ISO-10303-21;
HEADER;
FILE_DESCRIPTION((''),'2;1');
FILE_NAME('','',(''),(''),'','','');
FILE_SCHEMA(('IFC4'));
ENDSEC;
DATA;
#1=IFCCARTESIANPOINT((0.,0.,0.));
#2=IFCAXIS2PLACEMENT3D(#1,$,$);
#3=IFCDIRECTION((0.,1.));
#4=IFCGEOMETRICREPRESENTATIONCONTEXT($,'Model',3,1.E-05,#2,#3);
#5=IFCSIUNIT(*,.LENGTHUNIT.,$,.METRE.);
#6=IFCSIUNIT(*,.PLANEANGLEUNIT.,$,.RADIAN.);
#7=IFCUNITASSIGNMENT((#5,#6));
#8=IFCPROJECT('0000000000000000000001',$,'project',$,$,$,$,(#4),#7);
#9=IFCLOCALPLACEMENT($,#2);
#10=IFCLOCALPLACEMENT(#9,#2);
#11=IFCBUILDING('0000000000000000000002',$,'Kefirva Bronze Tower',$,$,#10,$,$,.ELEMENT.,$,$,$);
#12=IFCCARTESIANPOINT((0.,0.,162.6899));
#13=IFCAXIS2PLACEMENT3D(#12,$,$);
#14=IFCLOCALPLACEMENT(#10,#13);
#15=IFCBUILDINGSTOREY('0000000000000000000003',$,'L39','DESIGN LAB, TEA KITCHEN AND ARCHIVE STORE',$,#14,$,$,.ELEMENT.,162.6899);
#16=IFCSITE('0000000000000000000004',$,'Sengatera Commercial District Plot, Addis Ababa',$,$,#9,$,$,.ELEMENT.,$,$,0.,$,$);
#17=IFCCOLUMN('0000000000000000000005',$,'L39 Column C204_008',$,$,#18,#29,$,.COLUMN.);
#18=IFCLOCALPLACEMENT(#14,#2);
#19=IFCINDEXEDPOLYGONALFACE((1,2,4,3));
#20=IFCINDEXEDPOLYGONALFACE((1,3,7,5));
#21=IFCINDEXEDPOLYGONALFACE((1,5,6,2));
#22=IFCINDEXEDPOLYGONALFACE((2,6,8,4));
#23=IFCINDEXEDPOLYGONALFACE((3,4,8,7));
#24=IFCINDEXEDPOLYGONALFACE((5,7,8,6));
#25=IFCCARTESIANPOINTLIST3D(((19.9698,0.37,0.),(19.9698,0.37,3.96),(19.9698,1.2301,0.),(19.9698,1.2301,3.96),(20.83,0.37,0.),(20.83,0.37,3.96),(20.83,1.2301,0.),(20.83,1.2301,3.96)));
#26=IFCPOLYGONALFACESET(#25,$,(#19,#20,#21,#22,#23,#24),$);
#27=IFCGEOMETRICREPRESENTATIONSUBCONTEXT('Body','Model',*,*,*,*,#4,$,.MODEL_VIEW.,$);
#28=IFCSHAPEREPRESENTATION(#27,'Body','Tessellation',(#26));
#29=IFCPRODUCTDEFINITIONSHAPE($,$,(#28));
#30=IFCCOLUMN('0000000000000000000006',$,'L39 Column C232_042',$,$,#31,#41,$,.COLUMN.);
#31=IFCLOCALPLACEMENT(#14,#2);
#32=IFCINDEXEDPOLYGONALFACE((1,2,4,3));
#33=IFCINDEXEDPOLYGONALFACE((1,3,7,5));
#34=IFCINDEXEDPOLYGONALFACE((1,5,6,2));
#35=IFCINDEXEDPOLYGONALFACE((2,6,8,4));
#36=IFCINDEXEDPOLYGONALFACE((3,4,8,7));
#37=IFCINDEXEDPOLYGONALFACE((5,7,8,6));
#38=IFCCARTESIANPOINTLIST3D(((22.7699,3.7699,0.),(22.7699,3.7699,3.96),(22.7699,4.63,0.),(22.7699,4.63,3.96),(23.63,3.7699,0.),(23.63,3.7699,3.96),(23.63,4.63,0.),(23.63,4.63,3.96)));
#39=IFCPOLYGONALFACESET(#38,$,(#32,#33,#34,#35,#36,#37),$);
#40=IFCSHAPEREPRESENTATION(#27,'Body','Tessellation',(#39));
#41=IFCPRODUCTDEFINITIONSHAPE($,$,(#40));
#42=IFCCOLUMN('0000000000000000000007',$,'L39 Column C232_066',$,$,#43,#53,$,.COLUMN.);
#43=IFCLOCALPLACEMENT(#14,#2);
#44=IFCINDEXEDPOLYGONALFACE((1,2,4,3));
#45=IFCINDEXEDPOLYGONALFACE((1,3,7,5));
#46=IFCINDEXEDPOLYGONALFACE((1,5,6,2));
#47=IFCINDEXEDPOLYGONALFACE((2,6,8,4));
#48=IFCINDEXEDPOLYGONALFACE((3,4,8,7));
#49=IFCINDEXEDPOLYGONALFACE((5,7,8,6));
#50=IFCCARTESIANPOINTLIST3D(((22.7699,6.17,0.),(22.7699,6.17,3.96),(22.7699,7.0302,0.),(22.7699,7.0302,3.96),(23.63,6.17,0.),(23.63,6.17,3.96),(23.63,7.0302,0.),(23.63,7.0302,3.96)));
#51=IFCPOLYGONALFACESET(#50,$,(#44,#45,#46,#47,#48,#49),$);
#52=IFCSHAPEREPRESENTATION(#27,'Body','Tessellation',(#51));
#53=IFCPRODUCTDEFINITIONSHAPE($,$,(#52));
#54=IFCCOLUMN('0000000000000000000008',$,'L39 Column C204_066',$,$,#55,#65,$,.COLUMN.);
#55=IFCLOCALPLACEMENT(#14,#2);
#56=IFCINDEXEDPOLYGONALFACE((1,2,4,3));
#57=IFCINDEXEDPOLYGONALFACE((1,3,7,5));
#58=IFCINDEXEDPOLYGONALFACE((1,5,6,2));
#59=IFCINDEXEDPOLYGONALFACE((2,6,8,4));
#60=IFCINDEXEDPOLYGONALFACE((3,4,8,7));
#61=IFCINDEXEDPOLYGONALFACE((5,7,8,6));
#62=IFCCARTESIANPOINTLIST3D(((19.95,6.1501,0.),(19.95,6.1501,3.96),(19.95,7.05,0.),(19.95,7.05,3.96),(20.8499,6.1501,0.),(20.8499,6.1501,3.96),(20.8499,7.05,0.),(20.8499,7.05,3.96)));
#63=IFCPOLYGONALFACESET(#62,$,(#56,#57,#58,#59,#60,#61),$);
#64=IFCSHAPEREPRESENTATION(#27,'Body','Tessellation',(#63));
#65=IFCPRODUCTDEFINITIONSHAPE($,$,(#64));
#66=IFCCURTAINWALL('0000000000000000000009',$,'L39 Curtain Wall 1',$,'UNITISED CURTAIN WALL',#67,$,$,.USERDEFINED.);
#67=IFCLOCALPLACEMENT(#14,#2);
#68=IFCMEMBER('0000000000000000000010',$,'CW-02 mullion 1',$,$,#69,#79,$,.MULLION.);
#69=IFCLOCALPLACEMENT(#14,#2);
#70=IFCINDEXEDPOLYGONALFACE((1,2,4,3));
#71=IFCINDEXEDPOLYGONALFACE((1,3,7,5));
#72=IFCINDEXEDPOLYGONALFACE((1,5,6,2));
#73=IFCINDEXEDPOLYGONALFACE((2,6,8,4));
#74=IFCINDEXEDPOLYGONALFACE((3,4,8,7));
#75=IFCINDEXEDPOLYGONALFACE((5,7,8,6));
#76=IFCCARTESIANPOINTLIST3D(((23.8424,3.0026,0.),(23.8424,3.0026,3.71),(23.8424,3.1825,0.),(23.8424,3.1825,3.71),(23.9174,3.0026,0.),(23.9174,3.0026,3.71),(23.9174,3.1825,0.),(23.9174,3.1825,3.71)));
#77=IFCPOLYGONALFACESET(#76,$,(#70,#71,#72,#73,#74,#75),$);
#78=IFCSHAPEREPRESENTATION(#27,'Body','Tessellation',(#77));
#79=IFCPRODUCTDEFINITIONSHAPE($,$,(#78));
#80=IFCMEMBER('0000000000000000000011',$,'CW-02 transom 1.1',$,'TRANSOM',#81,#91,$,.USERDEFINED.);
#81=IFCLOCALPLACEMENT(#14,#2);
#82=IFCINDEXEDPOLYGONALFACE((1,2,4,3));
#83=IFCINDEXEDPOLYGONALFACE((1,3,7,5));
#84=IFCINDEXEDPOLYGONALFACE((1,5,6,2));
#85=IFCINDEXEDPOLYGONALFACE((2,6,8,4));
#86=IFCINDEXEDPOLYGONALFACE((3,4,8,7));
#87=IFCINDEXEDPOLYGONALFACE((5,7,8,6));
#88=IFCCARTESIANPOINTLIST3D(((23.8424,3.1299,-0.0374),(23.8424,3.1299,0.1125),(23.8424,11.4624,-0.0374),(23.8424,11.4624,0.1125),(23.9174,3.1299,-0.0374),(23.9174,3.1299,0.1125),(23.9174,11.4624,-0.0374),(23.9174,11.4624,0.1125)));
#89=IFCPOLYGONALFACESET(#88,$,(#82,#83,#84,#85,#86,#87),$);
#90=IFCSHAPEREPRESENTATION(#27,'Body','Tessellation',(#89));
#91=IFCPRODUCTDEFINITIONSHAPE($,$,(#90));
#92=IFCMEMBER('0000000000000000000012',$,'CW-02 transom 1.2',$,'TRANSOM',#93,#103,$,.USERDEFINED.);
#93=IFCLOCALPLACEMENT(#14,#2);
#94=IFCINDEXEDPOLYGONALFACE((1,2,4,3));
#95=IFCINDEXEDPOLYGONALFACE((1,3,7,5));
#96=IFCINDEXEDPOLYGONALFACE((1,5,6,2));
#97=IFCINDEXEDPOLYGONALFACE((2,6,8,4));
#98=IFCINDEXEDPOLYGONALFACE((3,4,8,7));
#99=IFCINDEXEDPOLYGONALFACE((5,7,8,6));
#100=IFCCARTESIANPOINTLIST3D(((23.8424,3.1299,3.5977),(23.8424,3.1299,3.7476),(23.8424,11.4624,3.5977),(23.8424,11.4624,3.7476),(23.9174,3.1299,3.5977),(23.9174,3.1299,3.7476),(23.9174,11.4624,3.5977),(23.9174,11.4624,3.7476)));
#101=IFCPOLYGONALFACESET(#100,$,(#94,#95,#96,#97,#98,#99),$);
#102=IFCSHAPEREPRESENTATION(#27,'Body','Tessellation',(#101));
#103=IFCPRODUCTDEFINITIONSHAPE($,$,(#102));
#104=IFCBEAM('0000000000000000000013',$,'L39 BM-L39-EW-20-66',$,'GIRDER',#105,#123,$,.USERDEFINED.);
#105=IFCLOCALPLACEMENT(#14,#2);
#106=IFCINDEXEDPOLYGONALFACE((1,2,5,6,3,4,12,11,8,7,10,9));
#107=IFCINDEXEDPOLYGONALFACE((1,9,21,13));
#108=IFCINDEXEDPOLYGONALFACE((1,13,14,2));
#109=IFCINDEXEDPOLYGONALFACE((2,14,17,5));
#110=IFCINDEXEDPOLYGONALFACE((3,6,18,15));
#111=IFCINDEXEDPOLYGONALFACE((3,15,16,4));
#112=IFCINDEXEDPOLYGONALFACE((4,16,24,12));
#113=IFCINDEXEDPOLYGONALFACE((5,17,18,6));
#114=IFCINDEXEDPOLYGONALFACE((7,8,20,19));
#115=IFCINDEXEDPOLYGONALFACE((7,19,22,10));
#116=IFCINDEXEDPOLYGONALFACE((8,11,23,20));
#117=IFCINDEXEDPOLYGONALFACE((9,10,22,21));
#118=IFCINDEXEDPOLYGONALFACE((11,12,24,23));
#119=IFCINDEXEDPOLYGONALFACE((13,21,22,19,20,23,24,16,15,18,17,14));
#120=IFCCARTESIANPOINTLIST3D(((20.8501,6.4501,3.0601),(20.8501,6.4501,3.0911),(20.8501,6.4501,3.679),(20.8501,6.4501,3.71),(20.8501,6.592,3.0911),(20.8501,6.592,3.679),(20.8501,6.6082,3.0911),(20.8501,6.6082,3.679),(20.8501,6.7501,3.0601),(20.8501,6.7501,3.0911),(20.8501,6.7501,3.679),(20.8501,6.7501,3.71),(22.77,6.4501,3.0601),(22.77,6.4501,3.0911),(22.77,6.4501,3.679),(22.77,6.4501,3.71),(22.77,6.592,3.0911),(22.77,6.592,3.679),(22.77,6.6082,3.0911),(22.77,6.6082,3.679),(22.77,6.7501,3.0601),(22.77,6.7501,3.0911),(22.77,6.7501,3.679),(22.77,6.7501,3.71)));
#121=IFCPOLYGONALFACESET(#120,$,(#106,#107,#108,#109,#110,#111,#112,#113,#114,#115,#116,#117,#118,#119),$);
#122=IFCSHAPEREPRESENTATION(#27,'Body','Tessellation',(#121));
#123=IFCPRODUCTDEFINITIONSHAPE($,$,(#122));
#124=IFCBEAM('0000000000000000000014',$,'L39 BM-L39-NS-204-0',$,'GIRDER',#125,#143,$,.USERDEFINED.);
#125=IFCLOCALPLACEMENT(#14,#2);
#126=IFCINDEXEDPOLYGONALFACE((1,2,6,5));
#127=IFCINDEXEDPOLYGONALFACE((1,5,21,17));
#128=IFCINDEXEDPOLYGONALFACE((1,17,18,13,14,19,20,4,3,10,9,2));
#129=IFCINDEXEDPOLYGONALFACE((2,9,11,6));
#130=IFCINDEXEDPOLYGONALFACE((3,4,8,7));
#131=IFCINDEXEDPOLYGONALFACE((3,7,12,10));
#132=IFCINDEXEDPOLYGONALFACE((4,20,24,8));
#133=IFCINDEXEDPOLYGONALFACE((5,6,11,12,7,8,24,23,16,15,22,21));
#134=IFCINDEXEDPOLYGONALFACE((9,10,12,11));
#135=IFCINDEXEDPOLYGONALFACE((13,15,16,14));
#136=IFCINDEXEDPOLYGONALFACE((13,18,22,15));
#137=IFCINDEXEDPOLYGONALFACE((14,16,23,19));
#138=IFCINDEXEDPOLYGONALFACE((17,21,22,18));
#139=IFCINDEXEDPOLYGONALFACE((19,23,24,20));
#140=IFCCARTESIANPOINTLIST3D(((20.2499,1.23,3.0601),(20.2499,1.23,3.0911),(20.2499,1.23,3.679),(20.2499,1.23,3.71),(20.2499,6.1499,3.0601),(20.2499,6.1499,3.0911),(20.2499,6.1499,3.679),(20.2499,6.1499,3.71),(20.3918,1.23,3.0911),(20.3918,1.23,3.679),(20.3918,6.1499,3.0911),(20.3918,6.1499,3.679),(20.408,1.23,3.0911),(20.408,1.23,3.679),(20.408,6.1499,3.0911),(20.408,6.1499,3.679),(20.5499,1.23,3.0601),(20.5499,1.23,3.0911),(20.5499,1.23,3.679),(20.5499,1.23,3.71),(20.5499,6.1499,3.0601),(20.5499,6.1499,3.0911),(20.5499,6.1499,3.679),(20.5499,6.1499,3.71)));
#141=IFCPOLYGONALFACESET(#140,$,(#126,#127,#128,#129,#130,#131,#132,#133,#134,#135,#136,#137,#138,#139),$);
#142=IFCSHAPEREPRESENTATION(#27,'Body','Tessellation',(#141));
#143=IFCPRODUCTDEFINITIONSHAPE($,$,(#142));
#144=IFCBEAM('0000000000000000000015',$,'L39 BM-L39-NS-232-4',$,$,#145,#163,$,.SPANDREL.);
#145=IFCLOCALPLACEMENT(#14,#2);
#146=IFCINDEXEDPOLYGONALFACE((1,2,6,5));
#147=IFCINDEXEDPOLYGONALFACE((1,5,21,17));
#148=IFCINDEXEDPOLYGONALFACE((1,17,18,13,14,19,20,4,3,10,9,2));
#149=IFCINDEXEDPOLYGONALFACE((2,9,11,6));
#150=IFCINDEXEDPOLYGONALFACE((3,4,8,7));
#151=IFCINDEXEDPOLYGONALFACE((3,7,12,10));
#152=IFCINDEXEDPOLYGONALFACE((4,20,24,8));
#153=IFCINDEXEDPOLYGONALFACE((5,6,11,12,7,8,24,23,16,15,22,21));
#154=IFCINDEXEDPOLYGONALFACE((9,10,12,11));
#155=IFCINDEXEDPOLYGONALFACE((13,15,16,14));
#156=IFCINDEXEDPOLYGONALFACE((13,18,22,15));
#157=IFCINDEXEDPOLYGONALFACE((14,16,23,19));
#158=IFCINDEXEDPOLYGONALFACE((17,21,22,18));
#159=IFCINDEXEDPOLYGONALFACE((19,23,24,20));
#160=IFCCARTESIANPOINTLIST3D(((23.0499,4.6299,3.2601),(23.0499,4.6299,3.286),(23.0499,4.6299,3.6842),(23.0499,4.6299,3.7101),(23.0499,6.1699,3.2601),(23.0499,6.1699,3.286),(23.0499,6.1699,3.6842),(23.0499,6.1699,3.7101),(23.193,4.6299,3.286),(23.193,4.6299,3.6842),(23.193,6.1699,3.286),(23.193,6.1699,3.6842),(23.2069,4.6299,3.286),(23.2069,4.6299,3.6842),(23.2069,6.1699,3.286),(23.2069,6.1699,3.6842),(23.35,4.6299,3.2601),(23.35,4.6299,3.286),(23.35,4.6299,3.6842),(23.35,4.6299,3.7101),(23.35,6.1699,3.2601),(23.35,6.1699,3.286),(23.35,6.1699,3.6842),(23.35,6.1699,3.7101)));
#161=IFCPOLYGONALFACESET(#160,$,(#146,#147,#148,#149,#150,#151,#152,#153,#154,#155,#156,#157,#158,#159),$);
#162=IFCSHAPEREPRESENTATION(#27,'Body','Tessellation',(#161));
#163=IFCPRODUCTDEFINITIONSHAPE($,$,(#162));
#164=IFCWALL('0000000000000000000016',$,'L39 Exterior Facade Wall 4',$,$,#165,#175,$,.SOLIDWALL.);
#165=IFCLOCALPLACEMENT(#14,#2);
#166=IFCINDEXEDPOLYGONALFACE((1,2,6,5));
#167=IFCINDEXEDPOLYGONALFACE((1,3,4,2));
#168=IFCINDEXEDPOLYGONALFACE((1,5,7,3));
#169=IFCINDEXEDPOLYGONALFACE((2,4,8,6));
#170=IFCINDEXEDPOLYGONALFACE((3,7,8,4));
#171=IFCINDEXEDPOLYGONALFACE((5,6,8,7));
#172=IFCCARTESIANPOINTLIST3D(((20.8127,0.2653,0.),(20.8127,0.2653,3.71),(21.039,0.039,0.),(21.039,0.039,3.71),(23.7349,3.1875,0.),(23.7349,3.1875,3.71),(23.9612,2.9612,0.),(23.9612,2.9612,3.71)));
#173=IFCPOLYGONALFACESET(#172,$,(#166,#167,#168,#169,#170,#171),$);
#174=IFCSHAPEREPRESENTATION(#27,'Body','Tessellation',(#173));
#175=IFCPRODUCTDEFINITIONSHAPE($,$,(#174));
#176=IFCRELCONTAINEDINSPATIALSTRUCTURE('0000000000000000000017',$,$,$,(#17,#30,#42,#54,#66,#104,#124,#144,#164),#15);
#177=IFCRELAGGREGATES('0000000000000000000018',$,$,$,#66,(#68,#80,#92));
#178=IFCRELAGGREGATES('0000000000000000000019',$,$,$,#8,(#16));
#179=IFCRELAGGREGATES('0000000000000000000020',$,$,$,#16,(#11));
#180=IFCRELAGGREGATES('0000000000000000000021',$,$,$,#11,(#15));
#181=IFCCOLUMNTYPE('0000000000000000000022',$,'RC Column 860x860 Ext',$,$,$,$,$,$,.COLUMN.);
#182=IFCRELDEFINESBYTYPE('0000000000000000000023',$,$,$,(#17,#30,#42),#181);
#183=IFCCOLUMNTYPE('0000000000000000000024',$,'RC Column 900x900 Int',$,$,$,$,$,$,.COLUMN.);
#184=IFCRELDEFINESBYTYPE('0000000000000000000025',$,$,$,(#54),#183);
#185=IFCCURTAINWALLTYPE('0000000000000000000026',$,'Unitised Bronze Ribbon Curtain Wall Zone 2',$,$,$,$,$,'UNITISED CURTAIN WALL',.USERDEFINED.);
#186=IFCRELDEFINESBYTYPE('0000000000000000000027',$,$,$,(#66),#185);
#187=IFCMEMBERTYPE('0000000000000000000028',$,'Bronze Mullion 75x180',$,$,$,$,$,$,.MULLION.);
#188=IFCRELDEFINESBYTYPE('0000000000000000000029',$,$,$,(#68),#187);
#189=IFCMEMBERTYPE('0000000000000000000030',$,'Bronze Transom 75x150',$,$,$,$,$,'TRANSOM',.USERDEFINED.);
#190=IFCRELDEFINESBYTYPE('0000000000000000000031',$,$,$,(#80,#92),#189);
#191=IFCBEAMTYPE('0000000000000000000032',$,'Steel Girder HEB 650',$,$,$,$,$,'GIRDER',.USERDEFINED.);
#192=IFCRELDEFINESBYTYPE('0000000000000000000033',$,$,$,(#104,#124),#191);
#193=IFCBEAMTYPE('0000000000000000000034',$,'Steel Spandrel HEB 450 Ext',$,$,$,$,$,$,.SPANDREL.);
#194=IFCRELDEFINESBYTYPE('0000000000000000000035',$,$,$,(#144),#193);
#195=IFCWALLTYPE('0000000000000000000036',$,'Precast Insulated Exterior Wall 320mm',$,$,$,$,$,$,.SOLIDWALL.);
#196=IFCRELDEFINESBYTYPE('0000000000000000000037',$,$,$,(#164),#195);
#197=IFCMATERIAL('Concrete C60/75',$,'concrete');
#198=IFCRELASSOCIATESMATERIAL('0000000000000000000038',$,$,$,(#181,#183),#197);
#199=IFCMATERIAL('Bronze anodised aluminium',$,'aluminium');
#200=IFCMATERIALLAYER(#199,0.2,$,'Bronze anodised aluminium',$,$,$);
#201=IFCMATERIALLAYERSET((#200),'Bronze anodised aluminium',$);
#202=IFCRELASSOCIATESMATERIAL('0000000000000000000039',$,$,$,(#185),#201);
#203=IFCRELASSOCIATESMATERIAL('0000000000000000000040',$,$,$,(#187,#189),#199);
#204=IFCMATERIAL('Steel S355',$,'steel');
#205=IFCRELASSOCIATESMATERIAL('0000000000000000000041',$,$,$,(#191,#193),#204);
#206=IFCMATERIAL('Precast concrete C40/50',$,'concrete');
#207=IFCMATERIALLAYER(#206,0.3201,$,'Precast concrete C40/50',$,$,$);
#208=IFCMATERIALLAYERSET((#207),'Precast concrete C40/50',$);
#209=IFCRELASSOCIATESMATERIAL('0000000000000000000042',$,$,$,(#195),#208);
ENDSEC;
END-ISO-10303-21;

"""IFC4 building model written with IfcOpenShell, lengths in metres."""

from ifc_helpers import new_model, si_unit, direction, frame, frame_2d, origin, origin_2d, place, context, subcontext, project, spatial, rectangle, i_section, extrude, material, layer, layer_set, material_profile, profile_set, type_object, element, aggregate, save


model = new_model("IFC4")

# Units and contexts
model_context = context("Model", 3, precision=1e-05, world=origin(), true_north=direction((0.0, 1.0)))
body_context = subcontext(model_context, "Body", "Model", "MODEL_VIEW")
ifc_project = project(units=[si_unit("LENGTHUNIT", "METRE"), si_unit("PLANEANGLEUNIT", "RADIAN")], contexts=[model_context])

# Site, building, storey
site_placement = place(None, origin())
site = spatial("IfcSite", under=ifc_project, at=site_placement, Name="Sengatera Commercial District Plot, Addis Ababa", CompositionType="ELEMENT", RefElevation=0.0)
building_placement = place(site_placement, origin())
building = spatial("IfcBuilding", under=site, at=building_placement, Name="Kefirva Bronze Tower", CompositionType="ELEMENT")
storey_placement = place(building_placement, frame((0.0, 0.0, 162.6899)))
storey = spatial("IfcBuildingStorey", under=building, at=storey_placement, Name="L39", Description="DESIGN LAB, TEA KITCHEN AND ARCHIVE STORE", CompositionType="ELEMENT", Elevation=162.6899)

# Columns
ifc_material_1 = material(Name="Concrete C60/75", Category="concrete")
ifc_material_profile_1 = material_profile(ifc_material_1, rectangle(XDim=0.8601, YDim=0.8601, at=origin_2d()), Name="RC 860x860")
ifc_profile_set_1 = profile_set([ifc_material_profile_1], Name="Concrete C60/75")
column_type_1 = type_object("IfcColumnType", Name="RC Column 860x860 Ext", PredefinedType="COLUMN", material=ifc_profile_set_1)
for number, where, z_axis, x_axis, name in (
    (1, (20.3999, 0.8, 0.0), (0.0, 0.0, 1.0), (1.0, 0.0, 0.0), "L39 Column C204_008"),
    (2, (23.2, 4.2, 0.0), (0.0, 0.0, 1.0), (1.0, 0.0, 0.0), "L39 Column C232_042"),
    (3, (23.2, 6.6001, 0.0), (0.0, 0.0, 1.0), (1.0, 0.0, 0.0), "L39 Column C232_066"),
):
    element("IfcColumn", number, at=place(storey_placement, frame(where, z_axis=z_axis, x_axis=x_axis)), inside=storey, type_object=column_type_1, Name=name, PredefinedType="COLUMN", context=body_context, shape_type="SweptSolid", body=[
        extrude(rectangle(XDim=0.8601, YDim=0.8601, at=origin_2d()), origin(), (0.0, 0.0, 1.0), 3.96),
    ])
ifc_material_profile_2 = material_profile(ifc_material_1, rectangle(XDim=0.8999, YDim=0.8999, at=origin_2d()), Name="RC 900x900")
ifc_profile_set_2 = profile_set([ifc_material_profile_2], Name="Concrete C60/75")
column_type_2 = type_object("IfcColumnType", Name="RC Column 900x900 Int", PredefinedType="COLUMN", material=ifc_profile_set_2)
column_placement = place(storey_placement, frame((20.3999, 6.6001, 0.0), z_axis=(0.0, 0.0, 1.0), x_axis=(1.0, 0.0, 0.0)))
element("IfcColumn", 4, at=column_placement, inside=storey, type_object=column_type_2, Name="L39 Column C204_066", PredefinedType="COLUMN", context=body_context, shape_type="SweptSolid", body=[
    extrude(rectangle(XDim=0.8999, YDim=0.8999, at=origin_2d()), origin(), (0.0, 0.0, 1.0), 3.96),
])

# Curtain wall, members
ifc_material_2 = material(Name="Bronze anodised aluminium", Category="aluminium")
ifc_layer_1 = layer(ifc_material_2, 0.2, Name="Bronze anodised aluminium")
ifc_layer_set_1 = layer_set([ifc_layer_1], Name="Bronze anodised aluminium")
curtain_wall_type = type_object("IfcCurtainWallType", Name="Unitised Bronze Ribbon Curtain Wall Zone 2", ElementType="UNITISED CURTAIN WALL", PredefinedType="USERDEFINED", material=ifc_layer_set_1)
curtain_wall_placement = place(storey_placement, origin())
curtain_wall = element("IfcCurtainWall", 5, at=curtain_wall_placement, inside=storey, type_object=curtain_wall_type, Name="L39 Curtain Wall 1", ObjectType="UNITISED CURTAIN WALL", PredefinedType="USERDEFINED")
ifc_material_profile_3 = material_profile(ifc_material_2, rectangle(XDim=0.075, YDim=0.1799, at=origin_2d()), Name="ALU 75x180")
ifc_profile_set_3 = profile_set([ifc_material_profile_3], Name="Bronze anodised aluminium")
member_type_1 = type_object("IfcMemberType", Name="Bronze Mullion 75x180", PredefinedType="MULLION", material=ifc_profile_set_3)
member_1_placement = place(storey_placement, frame((23.8799, 3.0925, 0.0), z_axis=(0.0, 0.0, 1.0), x_axis=(-1.0, 0.0, 0.0)))
member_1 = element("IfcMember", 6, at=member_1_placement, type_object=member_type_1, Name="CW-02 mullion 1", PredefinedType="MULLION", context=body_context, shape_type="SweptSolid", body=[
    extrude(rectangle(XDim=0.075, YDim=0.1799, at=origin_2d()), origin(), (0.0, 0.0, 1.0), 3.71),
])
ifc_material_profile_4 = material_profile(ifc_material_2, rectangle(XDim=0.075, YDim=0.1499, at=origin_2d()), Name="ALU 75x150")
ifc_profile_set_4 = profile_set([ifc_material_profile_4], Name="Bronze anodised aluminium")
member_type_2 = type_object("IfcMemberType", Name="Bronze Transom 75x150", ElementType="TRANSOM", PredefinedType="USERDEFINED", material=ifc_profile_set_4)
member_2_placement = place(storey_placement, frame((23.8799, 3.1299, 0.0376), z_axis=(0.0, 1.0, 0.0), x_axis=(-1.0, 0.0, 0.0)))
member_2 = element("IfcMember", 7, at=member_2_placement, type_object=member_type_2, Name="CW-02 transom 1.1", ObjectType="TRANSOM", PredefinedType="USERDEFINED", context=body_context, shape_type="SweptSolid", body=[
    extrude(rectangle(XDim=0.075, YDim=0.1499, at=origin_2d()), origin(), (0.0, 0.0, 1.0), 8.3325),
])
member_3_placement = place(storey_placement, frame((23.8799, 3.1299, 3.6726), z_axis=(0.0, 1.0, 0.0), x_axis=(-1.0, 0.0, 0.0)))
member_3 = element("IfcMember", 8, at=member_3_placement, type_object=member_type_2, Name="CW-02 transom 1.2", ObjectType="TRANSOM", PredefinedType="USERDEFINED", context=body_context, shape_type="SweptSolid", body=[
    extrude(rectangle(XDim=0.075, YDim=0.1499, at=origin_2d()), origin(), (0.0, 0.0, 1.0), 8.3325),
])
aggregate(curtain_wall, [member_1, member_2, member_3])

# Beams
ifc_material_3 = material(Name="Steel S355", Category="steel")
ifc_material_profile_5 = material_profile(ifc_material_3, i_section(OverallWidth=0.3, OverallDepth=0.6499, WebThickness=0.0161, FlangeThickness=0.031, at=origin_2d()), Name="HEB 650")
ifc_profile_set_5 = profile_set([ifc_material_profile_5], Name="Steel S355")
beam_type_1 = type_object("IfcBeamType", Name="Steel Girder HEB 650", ElementType="GIRDER", PredefinedType="USERDEFINED", material=ifc_profile_set_5)
beam_1_placement = place(storey_placement, frame((20.8501, 6.6001, 3.385), z_axis=(1.0, 0.0, 0.0), x_axis=(0.0, 1.0, 0.0)))
element("IfcBeam", 9, at=beam_1_placement, inside=storey, type_object=beam_type_1, Name="L39 BM-L39-EW-20-66", ObjectType="GIRDER", PredefinedType="USERDEFINED", context=body_context, shape_type="SweptSolid", body=[
    extrude(i_section(OverallWidth=0.3, OverallDepth=0.6499, WebThickness=0.0161, FlangeThickness=0.031, at=origin_2d()), origin(), (0.0, 0.0, 1.0), 1.9199),
])
beam_2_placement = place(storey_placement, frame((20.3999, 1.23, 3.385), z_axis=(0.0, 1.0, 0.0), x_axis=(-1.0, 0.0, 0.0)))
element("IfcBeam", 10, at=beam_2_placement, inside=storey, type_object=beam_type_1, Name="L39 BM-L39-NS-204-0", ObjectType="GIRDER", PredefinedType="USERDEFINED", context=body_context, shape_type="SweptSolid", body=[
    extrude(i_section(OverallWidth=0.3, OverallDepth=0.6499, WebThickness=0.0161, FlangeThickness=0.031, at=origin_2d()), origin(), (0.0, 0.0, 1.0), 4.9199),
])
ifc_material_profile_6 = material_profile(ifc_material_3, i_section(OverallWidth=0.3, OverallDepth=0.45, WebThickness=0.0139, FlangeThickness=0.0259, at=origin_2d()), Name="HEB 450")
ifc_profile_set_6 = profile_set([ifc_material_profile_6], Name="Steel S355")
beam_type_2 = type_object("IfcBeamType", Name="Steel Spandrel HEB 450 Ext", PredefinedType="SPANDREL", material=ifc_profile_set_6)
beam_3_placement = place(storey_placement, frame((23.2, 4.6299, 3.4851), z_axis=(0.0, 1.0, 0.0), x_axis=(-1.0, 0.0, 0.0)))
element("IfcBeam", 11, at=beam_3_placement, inside=storey, type_object=beam_type_2, Name="L39 BM-L39-NS-232-4", PredefinedType="SPANDREL", context=body_context, shape_type="SweptSolid", body=[
    extrude(i_section(OverallWidth=0.3, OverallDepth=0.45, WebThickness=0.0139, FlangeThickness=0.0259, at=origin_2d()), origin(), (0.0, 0.0, 1.0), 1.54),
])

# Wall
ifc_material_4 = material(Name="Precast concrete C40/50", Category="concrete")
ifc_layer_2 = layer(ifc_material_4, 0.3201, Name="Precast concrete C40/50")
ifc_layer_set_2 = layer_set([ifc_layer_2], Name="Precast concrete C40/50")
wall_type_1 = type_object("IfcWallType", Name="Precast Insulated Exterior Wall 320mm", PredefinedType="SOLIDWALL", material=ifc_layer_set_2)
wall_1_placement = place(storey_placement, frame((20.9258, 0.1521, 0.0), z_axis=(0.0, 0.0, 1.0), x_axis=(0.707107, 0.707107, 0.0)))
element("IfcWall", 12, at=wall_1_placement, inside=storey, type_object=wall_type_1, Name="L39 Exterior Facade Wall 4", PredefinedType="SOLIDWALL", context=body_context, shape_type="SweptSolid", body=[
    extrude(rectangle(XDim=4.1326, YDim=0.3201, at=frame_2d((2.0664, 0.0))), origin(), (0.0, 0.0, 1.0), 3.71),
])

save(model, "model.ifc")
